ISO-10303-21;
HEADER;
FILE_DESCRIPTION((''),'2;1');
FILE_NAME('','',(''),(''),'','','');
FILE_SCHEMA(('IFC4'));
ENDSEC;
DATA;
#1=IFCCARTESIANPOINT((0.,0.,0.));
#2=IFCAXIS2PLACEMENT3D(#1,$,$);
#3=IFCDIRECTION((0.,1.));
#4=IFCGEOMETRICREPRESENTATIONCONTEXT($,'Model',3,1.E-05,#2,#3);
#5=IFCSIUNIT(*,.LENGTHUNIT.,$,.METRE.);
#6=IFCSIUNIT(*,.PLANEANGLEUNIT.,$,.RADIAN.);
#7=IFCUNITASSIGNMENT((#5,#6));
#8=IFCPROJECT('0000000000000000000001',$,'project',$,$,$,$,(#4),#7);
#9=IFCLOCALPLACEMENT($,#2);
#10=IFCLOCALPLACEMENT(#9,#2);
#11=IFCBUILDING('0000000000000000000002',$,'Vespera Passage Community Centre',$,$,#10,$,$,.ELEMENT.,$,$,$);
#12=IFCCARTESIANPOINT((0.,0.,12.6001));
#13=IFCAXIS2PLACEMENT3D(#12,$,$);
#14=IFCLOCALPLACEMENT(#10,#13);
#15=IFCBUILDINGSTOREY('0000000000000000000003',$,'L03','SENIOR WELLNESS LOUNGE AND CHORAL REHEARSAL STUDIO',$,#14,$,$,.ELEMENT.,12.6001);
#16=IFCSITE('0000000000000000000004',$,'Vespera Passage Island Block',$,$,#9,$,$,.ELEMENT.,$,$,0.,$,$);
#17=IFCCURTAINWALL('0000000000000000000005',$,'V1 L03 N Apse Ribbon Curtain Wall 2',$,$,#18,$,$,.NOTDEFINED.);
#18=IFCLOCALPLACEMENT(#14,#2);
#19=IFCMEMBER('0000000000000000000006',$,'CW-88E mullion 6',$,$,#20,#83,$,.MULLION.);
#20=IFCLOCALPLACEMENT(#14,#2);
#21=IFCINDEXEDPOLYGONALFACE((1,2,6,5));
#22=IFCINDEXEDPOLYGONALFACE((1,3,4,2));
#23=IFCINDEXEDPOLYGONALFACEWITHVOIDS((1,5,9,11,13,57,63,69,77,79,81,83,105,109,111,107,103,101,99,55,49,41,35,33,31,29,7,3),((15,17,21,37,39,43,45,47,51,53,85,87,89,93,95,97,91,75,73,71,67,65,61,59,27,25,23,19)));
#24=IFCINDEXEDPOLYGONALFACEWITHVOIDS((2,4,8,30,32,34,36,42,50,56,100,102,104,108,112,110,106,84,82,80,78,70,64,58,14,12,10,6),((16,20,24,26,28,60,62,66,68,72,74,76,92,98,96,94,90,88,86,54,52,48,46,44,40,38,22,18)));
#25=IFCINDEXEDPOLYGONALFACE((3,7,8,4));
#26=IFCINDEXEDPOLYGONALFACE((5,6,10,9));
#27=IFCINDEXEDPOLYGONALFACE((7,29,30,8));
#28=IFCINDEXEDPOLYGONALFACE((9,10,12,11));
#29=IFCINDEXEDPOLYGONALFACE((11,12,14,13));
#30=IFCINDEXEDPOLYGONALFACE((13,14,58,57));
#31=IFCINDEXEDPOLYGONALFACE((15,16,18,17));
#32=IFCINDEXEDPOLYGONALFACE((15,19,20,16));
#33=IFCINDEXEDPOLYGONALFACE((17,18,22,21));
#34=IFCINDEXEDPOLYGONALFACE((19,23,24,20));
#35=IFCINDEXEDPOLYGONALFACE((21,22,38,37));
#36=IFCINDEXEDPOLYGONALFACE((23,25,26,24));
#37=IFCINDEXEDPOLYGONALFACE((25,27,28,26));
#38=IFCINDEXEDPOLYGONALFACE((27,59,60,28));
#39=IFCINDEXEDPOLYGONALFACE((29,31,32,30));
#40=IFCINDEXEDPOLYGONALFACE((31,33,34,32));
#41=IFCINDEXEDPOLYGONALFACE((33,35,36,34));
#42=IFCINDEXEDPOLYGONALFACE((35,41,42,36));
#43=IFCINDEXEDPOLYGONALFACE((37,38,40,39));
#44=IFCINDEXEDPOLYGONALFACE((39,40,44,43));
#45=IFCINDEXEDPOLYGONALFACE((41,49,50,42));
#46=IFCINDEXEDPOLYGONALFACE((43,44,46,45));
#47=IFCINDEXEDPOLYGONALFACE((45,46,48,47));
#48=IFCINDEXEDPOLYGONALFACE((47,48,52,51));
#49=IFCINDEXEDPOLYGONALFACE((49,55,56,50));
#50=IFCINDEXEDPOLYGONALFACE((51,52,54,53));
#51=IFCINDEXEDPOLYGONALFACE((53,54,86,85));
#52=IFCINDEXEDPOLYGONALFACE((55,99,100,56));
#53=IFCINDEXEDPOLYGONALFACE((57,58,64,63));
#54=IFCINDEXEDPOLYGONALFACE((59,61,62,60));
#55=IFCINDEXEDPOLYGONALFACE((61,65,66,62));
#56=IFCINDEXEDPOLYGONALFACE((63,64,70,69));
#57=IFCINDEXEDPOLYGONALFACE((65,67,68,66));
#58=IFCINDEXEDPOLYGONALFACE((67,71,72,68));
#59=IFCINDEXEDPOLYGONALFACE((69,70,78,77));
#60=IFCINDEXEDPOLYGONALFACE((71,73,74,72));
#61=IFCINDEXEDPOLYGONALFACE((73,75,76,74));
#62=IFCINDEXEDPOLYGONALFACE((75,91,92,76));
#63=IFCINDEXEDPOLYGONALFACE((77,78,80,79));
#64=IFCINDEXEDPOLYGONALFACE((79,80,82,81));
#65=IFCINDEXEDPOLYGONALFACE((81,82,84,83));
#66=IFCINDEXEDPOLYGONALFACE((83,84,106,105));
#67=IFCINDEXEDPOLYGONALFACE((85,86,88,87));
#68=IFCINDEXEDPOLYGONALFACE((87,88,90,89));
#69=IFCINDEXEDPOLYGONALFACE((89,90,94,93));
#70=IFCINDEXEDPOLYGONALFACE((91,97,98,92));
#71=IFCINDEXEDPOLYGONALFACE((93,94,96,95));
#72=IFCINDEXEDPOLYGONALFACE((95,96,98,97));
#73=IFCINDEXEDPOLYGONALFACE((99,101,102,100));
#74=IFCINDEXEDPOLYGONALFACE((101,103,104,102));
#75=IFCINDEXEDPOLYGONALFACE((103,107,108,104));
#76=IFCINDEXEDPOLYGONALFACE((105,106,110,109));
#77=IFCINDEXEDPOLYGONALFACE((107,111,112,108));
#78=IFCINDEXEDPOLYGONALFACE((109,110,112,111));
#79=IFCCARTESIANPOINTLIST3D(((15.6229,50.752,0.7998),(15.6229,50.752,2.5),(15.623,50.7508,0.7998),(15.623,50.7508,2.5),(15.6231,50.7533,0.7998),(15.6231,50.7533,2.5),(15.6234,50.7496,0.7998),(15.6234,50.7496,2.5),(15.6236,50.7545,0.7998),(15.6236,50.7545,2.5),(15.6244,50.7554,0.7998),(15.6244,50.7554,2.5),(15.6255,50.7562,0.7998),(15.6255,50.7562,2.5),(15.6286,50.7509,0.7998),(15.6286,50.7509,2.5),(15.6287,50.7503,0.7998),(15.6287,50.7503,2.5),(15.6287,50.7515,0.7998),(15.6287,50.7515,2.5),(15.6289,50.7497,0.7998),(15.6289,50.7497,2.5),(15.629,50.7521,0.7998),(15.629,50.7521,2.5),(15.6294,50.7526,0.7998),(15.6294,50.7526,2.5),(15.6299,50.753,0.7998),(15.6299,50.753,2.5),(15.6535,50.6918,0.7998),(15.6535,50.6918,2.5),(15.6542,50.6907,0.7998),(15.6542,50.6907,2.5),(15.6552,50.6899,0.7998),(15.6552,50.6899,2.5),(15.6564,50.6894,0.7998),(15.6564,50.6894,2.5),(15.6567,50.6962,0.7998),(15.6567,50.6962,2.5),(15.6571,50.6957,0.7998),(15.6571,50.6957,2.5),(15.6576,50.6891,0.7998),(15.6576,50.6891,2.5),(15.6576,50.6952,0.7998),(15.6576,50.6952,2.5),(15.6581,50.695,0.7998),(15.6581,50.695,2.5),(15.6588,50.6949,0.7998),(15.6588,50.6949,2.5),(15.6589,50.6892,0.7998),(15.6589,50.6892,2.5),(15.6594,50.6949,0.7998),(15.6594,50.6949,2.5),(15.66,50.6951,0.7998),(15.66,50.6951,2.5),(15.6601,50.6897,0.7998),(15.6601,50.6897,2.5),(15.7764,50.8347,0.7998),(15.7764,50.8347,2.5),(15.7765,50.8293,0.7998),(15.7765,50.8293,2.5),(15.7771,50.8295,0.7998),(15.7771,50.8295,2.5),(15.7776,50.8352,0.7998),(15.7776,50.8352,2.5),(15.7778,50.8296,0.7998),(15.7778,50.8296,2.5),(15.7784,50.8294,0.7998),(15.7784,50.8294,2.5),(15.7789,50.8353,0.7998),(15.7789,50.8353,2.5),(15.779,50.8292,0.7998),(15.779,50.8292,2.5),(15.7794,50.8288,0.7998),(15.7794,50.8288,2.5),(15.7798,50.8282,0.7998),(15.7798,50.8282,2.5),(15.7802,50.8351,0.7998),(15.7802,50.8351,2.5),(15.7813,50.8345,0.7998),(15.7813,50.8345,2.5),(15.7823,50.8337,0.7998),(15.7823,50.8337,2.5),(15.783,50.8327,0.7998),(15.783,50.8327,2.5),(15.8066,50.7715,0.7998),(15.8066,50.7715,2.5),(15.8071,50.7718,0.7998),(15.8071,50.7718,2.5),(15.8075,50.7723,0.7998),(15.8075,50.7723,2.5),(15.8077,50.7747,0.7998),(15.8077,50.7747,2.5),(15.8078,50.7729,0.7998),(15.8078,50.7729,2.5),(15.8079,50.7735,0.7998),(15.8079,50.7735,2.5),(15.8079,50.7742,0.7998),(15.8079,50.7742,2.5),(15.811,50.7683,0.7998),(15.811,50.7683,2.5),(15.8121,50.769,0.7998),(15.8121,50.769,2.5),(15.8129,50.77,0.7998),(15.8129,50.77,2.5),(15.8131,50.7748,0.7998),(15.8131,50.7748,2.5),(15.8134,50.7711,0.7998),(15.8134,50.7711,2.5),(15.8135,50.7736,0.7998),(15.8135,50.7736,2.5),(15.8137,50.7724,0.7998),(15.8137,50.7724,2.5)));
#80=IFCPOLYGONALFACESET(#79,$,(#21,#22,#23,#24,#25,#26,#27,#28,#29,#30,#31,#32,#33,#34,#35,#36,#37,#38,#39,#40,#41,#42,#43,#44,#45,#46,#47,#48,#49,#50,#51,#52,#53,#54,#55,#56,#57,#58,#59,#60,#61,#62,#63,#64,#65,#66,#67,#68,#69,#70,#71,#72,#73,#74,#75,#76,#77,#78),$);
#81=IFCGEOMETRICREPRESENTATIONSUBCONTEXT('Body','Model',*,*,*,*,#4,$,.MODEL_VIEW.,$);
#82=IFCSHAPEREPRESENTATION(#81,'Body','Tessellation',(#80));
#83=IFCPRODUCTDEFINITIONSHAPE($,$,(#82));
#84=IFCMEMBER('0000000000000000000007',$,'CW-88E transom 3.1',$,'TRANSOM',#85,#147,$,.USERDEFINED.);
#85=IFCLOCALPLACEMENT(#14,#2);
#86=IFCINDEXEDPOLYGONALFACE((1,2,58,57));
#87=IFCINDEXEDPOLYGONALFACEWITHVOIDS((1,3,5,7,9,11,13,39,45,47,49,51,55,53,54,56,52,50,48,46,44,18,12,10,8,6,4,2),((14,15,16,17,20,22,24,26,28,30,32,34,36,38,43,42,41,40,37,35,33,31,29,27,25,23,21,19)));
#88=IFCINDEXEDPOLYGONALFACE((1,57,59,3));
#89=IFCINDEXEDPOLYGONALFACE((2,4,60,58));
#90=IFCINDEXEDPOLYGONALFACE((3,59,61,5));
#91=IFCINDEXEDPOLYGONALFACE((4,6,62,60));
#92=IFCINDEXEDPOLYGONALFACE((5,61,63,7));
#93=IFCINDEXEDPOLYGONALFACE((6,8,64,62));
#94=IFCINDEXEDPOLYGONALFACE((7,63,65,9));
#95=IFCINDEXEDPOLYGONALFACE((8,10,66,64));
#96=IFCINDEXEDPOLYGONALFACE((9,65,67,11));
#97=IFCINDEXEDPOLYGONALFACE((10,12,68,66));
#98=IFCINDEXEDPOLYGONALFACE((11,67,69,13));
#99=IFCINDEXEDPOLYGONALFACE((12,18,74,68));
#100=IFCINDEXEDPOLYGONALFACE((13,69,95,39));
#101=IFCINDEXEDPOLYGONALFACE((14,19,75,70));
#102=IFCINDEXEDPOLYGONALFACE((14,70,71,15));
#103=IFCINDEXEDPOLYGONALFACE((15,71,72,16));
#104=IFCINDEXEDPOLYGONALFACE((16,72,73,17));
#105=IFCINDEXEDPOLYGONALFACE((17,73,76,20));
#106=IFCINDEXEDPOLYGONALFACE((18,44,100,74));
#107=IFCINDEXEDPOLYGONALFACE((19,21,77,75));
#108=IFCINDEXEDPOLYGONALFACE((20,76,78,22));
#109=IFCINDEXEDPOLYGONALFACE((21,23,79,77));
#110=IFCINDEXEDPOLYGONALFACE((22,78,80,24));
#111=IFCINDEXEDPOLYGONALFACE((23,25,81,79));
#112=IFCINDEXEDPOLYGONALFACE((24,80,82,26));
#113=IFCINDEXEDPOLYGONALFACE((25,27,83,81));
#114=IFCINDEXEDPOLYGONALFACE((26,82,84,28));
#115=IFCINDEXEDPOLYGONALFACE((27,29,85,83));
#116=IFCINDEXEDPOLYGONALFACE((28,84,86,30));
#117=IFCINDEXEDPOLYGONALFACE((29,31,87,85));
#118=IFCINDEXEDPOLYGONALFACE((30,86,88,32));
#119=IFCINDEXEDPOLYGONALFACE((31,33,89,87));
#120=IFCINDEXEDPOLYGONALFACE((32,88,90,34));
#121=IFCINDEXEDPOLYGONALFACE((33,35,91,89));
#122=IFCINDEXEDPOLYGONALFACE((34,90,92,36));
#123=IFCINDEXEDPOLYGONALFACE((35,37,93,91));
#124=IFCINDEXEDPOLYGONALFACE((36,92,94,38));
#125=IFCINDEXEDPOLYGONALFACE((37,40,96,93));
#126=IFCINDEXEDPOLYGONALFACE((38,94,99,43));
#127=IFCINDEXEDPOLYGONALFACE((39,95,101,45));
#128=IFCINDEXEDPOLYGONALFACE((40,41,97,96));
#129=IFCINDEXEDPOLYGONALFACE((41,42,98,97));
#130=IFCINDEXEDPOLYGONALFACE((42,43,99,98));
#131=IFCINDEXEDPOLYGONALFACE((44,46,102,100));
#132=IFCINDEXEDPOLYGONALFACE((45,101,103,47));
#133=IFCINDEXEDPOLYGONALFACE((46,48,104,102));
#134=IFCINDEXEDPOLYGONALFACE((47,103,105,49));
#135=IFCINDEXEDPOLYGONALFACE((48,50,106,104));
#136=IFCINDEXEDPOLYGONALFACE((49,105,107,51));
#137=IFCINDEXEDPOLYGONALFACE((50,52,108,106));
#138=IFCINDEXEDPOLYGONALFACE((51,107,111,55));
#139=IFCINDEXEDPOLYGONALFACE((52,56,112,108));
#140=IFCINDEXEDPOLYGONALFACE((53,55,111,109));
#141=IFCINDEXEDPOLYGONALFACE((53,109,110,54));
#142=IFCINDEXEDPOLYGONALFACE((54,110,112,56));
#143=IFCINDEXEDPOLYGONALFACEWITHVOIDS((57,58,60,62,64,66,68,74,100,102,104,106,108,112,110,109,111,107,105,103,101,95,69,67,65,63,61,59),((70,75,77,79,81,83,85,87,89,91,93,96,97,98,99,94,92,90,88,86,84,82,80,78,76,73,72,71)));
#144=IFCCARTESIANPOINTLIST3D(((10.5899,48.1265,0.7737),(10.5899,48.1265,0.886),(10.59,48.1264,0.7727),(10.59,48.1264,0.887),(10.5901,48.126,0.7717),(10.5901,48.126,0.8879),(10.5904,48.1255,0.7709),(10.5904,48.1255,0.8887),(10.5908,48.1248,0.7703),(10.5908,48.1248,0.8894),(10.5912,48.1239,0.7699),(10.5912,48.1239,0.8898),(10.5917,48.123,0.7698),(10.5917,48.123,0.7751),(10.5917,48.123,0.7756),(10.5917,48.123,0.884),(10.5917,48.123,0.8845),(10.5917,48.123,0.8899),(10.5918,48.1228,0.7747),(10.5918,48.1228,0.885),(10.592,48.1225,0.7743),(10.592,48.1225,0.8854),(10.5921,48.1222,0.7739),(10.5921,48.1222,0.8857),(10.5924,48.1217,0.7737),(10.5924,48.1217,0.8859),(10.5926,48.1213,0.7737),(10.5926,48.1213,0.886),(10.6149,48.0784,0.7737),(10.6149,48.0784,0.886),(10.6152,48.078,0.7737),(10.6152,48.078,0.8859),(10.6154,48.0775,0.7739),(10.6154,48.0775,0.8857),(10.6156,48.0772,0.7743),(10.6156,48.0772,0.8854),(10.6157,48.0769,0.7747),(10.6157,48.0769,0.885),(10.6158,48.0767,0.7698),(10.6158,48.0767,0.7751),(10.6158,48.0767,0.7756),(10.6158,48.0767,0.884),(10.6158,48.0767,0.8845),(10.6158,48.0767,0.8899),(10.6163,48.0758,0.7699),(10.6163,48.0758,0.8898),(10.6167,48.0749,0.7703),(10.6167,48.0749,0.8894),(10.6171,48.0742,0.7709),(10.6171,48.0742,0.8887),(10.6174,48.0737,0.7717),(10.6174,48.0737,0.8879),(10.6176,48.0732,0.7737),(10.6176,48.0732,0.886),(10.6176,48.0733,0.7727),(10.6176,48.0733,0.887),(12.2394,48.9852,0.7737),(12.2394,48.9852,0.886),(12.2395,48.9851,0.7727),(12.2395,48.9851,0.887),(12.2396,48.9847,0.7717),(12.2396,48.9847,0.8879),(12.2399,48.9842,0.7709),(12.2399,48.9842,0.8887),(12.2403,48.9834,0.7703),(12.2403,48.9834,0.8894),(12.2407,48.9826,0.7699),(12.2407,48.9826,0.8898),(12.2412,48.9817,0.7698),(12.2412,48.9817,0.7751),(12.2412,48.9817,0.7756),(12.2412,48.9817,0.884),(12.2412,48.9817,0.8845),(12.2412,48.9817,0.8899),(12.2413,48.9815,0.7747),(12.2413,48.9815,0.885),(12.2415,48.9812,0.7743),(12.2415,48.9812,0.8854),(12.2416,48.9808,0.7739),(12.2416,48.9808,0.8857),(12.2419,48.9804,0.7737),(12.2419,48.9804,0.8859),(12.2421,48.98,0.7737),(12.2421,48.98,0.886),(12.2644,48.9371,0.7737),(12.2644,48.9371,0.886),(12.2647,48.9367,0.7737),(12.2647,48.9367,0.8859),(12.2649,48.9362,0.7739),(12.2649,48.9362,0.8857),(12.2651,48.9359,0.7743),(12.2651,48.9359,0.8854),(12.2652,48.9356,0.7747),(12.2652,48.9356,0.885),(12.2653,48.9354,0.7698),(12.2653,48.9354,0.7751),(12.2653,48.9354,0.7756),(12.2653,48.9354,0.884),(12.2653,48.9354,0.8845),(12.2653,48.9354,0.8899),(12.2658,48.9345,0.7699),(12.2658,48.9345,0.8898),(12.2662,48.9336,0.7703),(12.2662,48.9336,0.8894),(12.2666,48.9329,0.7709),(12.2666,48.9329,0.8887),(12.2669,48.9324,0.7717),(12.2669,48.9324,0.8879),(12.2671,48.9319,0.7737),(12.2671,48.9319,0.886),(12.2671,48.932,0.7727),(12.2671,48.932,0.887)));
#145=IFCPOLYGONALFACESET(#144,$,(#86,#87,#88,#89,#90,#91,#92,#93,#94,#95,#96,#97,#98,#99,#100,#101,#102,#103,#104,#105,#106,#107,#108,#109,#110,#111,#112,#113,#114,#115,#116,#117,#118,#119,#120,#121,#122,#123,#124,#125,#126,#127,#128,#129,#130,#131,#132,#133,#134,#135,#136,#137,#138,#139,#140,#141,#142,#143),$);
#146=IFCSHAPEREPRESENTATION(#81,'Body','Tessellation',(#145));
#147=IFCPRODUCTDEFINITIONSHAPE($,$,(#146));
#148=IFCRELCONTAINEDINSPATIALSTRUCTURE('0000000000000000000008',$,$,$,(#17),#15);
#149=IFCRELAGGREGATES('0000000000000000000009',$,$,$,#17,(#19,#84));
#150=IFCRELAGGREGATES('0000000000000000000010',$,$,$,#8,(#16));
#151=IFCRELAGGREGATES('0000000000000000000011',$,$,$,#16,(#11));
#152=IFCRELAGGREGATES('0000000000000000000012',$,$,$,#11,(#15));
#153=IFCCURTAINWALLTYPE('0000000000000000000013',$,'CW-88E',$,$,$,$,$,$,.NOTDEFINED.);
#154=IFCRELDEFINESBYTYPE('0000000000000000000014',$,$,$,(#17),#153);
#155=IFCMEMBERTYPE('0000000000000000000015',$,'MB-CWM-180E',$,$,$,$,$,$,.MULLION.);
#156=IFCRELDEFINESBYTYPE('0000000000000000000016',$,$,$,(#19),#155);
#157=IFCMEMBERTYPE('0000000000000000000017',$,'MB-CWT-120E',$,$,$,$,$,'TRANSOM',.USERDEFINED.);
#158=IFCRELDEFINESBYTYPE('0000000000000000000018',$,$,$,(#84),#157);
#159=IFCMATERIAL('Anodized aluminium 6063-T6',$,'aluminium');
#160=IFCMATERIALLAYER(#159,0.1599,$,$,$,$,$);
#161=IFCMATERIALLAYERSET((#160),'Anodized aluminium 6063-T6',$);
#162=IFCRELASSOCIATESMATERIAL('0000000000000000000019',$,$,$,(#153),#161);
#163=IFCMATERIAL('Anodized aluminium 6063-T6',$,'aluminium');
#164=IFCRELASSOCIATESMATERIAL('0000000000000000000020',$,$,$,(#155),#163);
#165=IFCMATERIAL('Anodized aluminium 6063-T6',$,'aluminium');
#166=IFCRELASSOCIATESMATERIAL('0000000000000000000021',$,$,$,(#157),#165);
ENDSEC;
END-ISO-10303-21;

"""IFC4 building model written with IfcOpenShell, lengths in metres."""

from ifc_helpers import new_model, si_unit, direction, frame, origin, origin_2d, place, context, subcontext, project, spatial, hollow_rectangle, extrude, material, layer, layer_set, material_profile, profile_set, type_object, element, aggregate, save


model = new_model("IFC4")

# Units and contexts
model_context = context("Model", 3, precision=1e-05, world=origin(), true_north=direction((0.0, 1.0)))
body_context = subcontext(model_context, "Body", "Model", "MODEL_VIEW")
ifc_project = project(units=[si_unit("LENGTHUNIT", "METRE"), si_unit("PLANEANGLEUNIT", "RADIAN")], contexts=[model_context])

# Site, building, storey
site_placement = place(None, origin())
site = spatial("IfcSite", under=ifc_project, at=site_placement, Name="Vespera Passage Island Block", CompositionType="ELEMENT", RefElevation=0.0)
building_placement = place(site_placement, origin())
building = spatial("IfcBuilding", under=site, at=building_placement, Name="Vespera Passage Community Centre", CompositionType="ELEMENT")
storey_placement = place(building_placement, frame((0.0, 0.0, 12.6001)))
storey = spatial("IfcBuildingStorey", under=building, at=storey_placement, Name="L03", Description="SENIOR WELLNESS LOUNGE AND CHORAL REHEARSAL STUDIO", CompositionType="ELEMENT", Elevation=12.6001)

# Curtain wall, members
ifc_material_1 = material(Name="Anodized aluminium 6063-T6", Category="aluminium")
ifc_layer_1 = layer(ifc_material_1, 0.1599)
ifc_layer_set_1 = layer_set([ifc_layer_1], Name="Anodized aluminium 6063-T6")
curtain_wall_type = type_object("IfcCurtainWallType", Name="CW-88E", PredefinedType="NOTDEFINED", material=ifc_layer_set_1)
curtain_wall_placement = place(storey_placement, origin())
curtain_wall = element("IfcCurtainWall", 1, at=curtain_wall_placement, inside=storey, type_object=curtain_wall_type, Name="V1 L03 N Apse Ribbon Curtain Wall 2", PredefinedType="NOTDEFINED")
ifc_material_2 = material(Name="Anodized aluminium 6063-T6", Category="aluminium")
ifc_material_profile_1 = material_profile(ifc_material_2, hollow_rectangle(XDim=0.075, YDim=0.1799, WallThickness=0.0049, InnerFilletRadius=0.0024, OuterFilletRadius=0.0049, at=origin_2d()), Name="ALU180X75X5")
ifc_profile_set_1 = profile_set([ifc_material_profile_1], Name="Anodized aluminium 6063-T6")
member_type_1 = type_object("IfcMemberType", Name="MB-CWM-180E", PredefinedType="MULLION", material=ifc_profile_set_1)
member_1_placement = place(storey_placement, frame((15.7183, 50.7622, 0.7998), z_axis=(0.0, 0.0, 1.0), x_axis=(-0.461745, 0.887013, 0.0)))
member_1 = element("IfcMember", 2, at=member_1_placement, type_object=member_type_1, Name="CW-88E mullion 6", PredefinedType="MULLION", context=body_context, shape_type="SweptSolid", body=[
    extrude(hollow_rectangle(XDim=0.075, YDim=0.1799, WallThickness=0.0049, InnerFilletRadius=0.0024, OuterFilletRadius=0.0049, at=origin_2d()), origin(), (0.0, 0.0, 1.0), 1.7002),
])
ifc_material_3 = material(Name="Anodized aluminium 6063-T6", Category="aluminium")
ifc_material_profile_2 = material_profile(ifc_material_3, hollow_rectangle(XDim=0.0601, YDim=0.1201, WallThickness=0.0039, InnerFilletRadius=0.002, OuterFilletRadius=0.0039, at=origin_2d()), Name="ALU120X60X4")
ifc_profile_set_2 = profile_set([ifc_material_profile_2], Name="Anodized aluminium 6063-T6")
member_type_2 = type_object("IfcMemberType", Name="MB-CWT-120E", ElementType="TRANSOM", PredefinedType="USERDEFINED", material=ifc_profile_set_2)
member_2_placement = place(storey_placement, frame((10.6038, 48.0999, 0.8298), z_axis=(0.887008, 0.461754, 0.0), x_axis=(-0.461754, 0.887008, 0.0)))
member_2 = element("IfcMember", 3, at=member_2_placement, type_object=member_type_2, Name="CW-88E transom 3.1", ObjectType="TRANSOM", PredefinedType="USERDEFINED", context=body_context, shape_type="SweptSolid", body=[
    extrude(hollow_rectangle(XDim=0.0601, YDim=0.1201, WallThickness=0.0039, InnerFilletRadius=0.002, OuterFilletRadius=0.0039, at=origin_2d()), origin(), (0.0, 0.0, 1.0), 1.8596),
])
aggregate(curtain_wall, [member_1, member_2])

save(model, "model.ifc")
